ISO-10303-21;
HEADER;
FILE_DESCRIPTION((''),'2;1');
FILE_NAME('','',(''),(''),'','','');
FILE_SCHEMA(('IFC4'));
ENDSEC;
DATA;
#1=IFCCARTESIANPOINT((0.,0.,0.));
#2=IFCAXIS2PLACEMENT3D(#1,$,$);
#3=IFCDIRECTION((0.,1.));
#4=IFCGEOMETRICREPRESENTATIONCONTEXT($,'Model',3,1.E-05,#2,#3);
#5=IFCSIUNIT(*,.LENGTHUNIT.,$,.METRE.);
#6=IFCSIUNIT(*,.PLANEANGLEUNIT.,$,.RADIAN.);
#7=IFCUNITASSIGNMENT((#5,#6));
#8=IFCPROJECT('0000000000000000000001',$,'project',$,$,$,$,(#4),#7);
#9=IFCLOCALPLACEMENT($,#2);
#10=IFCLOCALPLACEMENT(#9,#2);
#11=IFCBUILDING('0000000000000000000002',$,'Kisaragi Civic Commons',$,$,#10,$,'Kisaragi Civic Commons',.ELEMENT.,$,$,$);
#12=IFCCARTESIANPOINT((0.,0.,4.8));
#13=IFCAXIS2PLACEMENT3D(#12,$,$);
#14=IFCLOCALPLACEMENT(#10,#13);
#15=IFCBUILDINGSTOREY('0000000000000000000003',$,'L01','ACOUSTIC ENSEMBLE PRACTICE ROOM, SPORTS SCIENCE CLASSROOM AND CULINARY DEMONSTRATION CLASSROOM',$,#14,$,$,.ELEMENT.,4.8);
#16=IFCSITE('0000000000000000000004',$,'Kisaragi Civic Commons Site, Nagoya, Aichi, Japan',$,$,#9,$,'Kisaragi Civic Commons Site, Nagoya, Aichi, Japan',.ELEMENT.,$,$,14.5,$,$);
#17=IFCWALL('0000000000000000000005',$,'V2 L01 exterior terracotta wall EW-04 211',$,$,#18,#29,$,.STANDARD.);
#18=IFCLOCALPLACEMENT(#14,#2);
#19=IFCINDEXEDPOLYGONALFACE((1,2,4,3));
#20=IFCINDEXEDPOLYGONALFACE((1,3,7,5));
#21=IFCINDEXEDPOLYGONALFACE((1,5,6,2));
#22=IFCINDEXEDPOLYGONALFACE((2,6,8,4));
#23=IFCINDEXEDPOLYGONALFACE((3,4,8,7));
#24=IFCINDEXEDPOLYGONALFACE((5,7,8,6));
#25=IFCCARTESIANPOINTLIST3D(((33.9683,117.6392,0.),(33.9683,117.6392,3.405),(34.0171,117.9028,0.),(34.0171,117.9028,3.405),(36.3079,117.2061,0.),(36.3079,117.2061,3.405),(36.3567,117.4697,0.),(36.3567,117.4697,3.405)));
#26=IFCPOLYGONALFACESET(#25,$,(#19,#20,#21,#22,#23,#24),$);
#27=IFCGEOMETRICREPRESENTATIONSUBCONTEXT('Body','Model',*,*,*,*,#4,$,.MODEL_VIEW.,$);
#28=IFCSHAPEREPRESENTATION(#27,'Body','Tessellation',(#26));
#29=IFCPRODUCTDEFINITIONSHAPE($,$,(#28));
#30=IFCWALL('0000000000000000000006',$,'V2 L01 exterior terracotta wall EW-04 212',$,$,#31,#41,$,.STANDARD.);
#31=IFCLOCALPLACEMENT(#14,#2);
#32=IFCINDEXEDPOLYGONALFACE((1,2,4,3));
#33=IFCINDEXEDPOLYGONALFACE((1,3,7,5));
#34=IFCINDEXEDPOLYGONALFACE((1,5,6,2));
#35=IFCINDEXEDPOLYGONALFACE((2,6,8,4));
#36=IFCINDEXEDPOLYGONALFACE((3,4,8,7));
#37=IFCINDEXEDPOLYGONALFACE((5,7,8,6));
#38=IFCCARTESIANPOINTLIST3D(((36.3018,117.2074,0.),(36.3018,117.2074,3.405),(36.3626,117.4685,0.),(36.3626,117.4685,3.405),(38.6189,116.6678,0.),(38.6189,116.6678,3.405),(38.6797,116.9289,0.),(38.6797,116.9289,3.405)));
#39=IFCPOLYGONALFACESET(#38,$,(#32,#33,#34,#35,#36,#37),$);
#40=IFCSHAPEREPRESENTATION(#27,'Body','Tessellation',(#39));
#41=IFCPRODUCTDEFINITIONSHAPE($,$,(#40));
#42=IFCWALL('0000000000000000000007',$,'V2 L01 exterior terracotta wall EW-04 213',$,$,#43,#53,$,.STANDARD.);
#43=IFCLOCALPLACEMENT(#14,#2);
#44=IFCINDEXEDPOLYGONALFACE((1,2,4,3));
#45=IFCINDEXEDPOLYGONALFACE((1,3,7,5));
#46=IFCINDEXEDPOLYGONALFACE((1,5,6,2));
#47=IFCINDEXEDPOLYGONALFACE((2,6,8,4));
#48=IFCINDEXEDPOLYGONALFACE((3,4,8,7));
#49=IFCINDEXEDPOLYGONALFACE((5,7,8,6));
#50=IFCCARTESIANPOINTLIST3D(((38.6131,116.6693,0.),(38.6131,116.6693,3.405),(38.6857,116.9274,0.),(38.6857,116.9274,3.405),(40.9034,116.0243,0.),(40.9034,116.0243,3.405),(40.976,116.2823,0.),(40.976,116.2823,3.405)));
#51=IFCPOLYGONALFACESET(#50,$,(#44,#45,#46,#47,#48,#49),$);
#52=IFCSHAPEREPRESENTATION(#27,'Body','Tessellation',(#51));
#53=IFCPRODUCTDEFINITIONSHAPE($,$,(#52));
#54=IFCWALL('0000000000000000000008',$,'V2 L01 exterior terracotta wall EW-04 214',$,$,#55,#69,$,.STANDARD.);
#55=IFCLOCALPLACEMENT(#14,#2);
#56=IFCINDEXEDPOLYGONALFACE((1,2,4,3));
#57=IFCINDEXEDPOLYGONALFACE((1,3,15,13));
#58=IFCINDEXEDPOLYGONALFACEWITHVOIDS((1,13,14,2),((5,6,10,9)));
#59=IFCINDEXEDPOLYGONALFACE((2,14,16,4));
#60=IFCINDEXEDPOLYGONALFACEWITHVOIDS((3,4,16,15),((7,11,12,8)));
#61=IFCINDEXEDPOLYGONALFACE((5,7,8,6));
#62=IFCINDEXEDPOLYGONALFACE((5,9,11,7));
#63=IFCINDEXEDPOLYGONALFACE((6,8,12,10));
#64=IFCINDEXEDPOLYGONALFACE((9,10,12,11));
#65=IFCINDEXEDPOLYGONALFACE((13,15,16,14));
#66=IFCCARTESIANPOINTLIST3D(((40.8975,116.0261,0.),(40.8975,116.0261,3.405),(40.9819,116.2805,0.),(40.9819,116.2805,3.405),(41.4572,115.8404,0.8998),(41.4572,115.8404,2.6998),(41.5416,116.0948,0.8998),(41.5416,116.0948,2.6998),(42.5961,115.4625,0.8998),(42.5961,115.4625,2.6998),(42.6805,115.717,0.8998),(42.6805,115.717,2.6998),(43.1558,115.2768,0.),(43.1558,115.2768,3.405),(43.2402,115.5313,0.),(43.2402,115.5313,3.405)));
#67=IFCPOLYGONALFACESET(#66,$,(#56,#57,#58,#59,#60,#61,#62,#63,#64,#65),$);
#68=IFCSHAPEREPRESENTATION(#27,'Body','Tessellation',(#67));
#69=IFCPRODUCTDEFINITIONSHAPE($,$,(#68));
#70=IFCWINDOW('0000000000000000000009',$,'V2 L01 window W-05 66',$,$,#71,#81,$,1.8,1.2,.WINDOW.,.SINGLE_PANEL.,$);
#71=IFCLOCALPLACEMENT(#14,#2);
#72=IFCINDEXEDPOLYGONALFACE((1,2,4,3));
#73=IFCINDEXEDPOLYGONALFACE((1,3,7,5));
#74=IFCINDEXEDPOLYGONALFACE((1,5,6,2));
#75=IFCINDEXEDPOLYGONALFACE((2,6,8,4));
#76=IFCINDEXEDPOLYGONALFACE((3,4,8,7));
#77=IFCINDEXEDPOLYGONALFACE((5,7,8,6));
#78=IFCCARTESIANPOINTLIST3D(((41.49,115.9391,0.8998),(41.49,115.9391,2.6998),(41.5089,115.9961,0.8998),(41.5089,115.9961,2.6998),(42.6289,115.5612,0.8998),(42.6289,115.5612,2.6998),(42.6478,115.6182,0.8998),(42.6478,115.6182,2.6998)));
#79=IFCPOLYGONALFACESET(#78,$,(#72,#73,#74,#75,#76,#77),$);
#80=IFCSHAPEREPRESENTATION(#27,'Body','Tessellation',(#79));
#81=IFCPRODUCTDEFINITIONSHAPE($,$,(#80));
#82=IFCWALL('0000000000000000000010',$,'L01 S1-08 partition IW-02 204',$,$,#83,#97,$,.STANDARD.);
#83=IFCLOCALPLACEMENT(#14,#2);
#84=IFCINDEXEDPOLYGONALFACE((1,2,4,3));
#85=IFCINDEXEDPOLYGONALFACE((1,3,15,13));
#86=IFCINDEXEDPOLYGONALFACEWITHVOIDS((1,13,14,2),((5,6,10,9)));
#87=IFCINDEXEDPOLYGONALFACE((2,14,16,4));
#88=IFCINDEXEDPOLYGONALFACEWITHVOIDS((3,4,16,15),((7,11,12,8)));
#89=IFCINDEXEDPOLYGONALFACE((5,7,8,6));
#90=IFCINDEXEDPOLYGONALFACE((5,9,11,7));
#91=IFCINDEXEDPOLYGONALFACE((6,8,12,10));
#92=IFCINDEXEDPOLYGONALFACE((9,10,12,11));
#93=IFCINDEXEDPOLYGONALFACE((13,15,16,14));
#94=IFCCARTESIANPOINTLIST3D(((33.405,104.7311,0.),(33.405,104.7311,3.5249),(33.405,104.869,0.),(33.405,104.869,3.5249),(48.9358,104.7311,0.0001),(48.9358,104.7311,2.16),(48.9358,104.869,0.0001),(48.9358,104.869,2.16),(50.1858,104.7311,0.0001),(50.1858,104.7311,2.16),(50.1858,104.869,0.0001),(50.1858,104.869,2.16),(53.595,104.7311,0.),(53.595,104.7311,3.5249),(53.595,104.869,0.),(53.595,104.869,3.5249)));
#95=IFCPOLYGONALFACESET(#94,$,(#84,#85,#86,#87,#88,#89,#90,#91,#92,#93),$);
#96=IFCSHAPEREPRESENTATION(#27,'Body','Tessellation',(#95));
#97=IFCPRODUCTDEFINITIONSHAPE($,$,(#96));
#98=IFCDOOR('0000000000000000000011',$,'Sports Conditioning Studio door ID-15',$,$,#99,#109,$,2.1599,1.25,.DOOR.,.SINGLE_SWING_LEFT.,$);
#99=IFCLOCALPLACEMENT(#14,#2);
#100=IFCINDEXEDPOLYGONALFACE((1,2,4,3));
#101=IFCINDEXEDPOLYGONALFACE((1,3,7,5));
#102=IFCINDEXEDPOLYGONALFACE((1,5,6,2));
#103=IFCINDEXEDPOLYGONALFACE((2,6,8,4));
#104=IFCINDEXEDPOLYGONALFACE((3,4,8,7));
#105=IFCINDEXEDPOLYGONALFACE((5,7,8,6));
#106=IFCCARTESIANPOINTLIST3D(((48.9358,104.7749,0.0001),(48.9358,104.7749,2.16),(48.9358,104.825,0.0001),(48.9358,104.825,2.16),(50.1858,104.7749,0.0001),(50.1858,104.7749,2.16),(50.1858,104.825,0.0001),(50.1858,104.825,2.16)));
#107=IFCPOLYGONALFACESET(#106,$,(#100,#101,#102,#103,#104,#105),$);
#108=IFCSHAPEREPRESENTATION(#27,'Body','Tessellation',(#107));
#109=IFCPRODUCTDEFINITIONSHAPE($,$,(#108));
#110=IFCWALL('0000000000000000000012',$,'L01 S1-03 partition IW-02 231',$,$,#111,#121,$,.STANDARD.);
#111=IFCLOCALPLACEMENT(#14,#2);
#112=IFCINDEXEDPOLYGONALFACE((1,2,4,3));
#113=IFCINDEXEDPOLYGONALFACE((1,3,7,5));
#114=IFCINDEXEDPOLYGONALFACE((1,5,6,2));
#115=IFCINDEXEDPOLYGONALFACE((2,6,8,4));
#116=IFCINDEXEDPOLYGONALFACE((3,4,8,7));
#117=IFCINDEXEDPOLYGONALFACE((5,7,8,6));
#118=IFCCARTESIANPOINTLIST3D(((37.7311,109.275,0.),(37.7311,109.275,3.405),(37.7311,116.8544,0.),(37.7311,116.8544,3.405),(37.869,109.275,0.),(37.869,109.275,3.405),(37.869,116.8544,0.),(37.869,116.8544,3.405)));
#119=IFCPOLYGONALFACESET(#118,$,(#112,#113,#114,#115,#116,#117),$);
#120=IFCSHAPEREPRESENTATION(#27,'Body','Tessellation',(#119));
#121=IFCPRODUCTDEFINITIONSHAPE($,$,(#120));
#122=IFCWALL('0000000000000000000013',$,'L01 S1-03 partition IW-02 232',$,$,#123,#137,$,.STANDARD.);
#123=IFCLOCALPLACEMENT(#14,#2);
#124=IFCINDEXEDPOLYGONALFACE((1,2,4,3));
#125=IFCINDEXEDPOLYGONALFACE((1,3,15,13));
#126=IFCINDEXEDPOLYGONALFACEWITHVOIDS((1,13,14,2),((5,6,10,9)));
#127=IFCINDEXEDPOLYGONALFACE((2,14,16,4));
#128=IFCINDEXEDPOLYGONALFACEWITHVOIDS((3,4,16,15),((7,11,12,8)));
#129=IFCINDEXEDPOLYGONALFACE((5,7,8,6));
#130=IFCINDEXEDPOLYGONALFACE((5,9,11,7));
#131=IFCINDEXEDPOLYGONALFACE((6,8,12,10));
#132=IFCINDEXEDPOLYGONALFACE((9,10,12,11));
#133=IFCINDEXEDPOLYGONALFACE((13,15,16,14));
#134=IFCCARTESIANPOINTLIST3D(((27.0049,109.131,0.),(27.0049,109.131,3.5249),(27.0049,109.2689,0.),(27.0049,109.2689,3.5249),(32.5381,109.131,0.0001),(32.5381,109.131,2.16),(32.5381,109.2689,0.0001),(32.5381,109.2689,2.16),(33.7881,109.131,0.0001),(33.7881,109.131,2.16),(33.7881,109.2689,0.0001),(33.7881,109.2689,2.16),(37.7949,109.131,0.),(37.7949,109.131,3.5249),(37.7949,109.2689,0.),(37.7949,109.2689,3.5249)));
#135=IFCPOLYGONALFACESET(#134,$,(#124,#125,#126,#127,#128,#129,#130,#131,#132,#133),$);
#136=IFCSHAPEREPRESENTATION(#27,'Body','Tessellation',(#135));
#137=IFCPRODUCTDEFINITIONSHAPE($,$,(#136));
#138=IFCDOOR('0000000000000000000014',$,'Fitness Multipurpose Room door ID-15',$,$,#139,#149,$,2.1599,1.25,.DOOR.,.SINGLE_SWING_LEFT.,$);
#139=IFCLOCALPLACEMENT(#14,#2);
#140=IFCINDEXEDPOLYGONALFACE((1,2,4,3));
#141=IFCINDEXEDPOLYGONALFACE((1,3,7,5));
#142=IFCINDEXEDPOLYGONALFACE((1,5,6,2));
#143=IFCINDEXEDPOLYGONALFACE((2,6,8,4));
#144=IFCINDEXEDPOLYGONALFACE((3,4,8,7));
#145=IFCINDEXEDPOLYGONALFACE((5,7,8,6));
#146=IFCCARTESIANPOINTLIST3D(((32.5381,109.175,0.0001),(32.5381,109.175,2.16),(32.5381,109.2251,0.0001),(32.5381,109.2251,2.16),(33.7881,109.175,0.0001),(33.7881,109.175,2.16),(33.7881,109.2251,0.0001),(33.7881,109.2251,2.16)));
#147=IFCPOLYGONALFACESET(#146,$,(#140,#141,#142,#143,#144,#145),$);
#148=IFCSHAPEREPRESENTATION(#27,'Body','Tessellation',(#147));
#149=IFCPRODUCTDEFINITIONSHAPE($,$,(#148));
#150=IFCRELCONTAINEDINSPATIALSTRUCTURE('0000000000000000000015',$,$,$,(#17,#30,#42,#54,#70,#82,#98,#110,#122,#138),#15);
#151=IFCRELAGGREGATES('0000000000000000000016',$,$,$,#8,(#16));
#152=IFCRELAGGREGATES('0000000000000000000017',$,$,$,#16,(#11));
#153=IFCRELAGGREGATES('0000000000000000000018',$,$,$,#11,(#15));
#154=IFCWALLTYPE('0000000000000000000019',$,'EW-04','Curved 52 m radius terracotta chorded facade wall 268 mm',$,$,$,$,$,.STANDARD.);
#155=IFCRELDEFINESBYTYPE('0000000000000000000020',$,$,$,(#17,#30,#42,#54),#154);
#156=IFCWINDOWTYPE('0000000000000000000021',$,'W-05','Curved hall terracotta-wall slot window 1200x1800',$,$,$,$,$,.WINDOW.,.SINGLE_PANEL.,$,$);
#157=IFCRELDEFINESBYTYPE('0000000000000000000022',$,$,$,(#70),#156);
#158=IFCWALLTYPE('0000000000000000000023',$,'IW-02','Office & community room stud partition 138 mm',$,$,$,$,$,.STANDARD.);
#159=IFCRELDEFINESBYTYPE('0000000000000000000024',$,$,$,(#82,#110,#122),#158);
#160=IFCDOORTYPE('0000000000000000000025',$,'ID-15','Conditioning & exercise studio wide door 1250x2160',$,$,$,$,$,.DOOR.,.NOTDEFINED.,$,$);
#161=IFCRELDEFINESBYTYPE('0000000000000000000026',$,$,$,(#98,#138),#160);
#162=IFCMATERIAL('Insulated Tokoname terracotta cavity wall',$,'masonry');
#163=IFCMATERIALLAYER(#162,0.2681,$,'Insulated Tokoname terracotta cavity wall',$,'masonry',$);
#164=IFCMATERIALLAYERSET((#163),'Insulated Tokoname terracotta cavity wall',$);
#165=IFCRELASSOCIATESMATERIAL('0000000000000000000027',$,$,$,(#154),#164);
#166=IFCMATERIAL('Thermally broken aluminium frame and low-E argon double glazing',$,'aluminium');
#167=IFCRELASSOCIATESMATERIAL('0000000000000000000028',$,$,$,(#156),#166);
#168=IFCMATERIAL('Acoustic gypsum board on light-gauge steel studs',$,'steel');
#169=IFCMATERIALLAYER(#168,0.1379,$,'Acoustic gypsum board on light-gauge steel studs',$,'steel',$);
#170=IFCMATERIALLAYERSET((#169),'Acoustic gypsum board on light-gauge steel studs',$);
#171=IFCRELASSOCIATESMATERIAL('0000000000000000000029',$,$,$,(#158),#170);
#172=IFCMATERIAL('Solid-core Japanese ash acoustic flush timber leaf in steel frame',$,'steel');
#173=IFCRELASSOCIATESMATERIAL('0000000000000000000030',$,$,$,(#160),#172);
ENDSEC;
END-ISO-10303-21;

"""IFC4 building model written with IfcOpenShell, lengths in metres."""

from ifc_helpers import new_model, si_unit, direction, frame, frame_2d, origin, place, context, subcontext, project, spatial, rectangle, extrude, material, layer, layer_set, type_object, element, fill, save


model = new_model("IFC4")

# Units and contexts
model_context = context("Model", 3, precision=1e-05, world=origin(), true_north=direction((0.0, 1.0)))
body_context = subcontext(model_context, "Body", "Model", "MODEL_VIEW")
ifc_project = project(units=[si_unit("LENGTHUNIT", "METRE"), si_unit("PLANEANGLEUNIT", "RADIAN")], contexts=[model_context])

# Site, building, storey
site_placement = place(None, origin())
site = spatial("IfcSite", under=ifc_project, at=site_placement, Name="Kisaragi Civic Commons Site, Nagoya, Aichi, Japan", LongName="Kisaragi Civic Commons Site, Nagoya, Aichi, Japan", CompositionType="ELEMENT", RefElevation=14.5)
building_placement = place(site_placement, origin())
building = spatial("IfcBuilding", under=site, at=building_placement, Name="Kisaragi Civic Commons", LongName="Kisaragi Civic Commons", CompositionType="ELEMENT")
storey_placement = place(building_placement, frame((0.0, 0.0, 4.8)))
storey = spatial("IfcBuildingStorey", under=building, at=storey_placement, Name="L01", Description="ACOUSTIC ENSEMBLE PRACTICE ROOM, SPORTS SCIENCE CLASSROOM AND CULINARY DEMONSTRATION CLASSROOM", CompositionType="ELEMENT", Elevation=4.8)

# Walls
ifc_material_1 = material(Name="Insulated Tokoname terracotta cavity wall", Category="masonry")
ifc_layer_1 = layer(ifc_material_1, 0.2681, Name="Insulated Tokoname terracotta cavity wall", Category="masonry")
ifc_layer_set_1 = layer_set([ifc_layer_1], Name="Insulated Tokoname terracotta cavity wall")
wall_type_1 = type_object("IfcWallType", Name="EW-04", Description="Curved 52 m radius terracotta chorded facade wall 268 mm", PredefinedType="STANDARD", material=ifc_layer_set_1)
for number, where, z_axis, x_axis, name in (
    (1, (33.9927, 117.771, 0.0), (0.0, 0.0, 1.0), (0.983294, -0.182027, 0.0), "V2 L01 exterior terracotta wall EW-04 211"),
):
    element("IfcWall", number, at=place(storey_placement, frame(where, z_axis=z_axis, x_axis=x_axis)), inside=storey, type_object=wall_type_1, Name=name, PredefinedType="STANDARD", context=body_context, shape_type="SweptSolid", body=[
        extrude(rectangle(XDim=2.3794, YDim=0.2681, at=frame_2d((1.1897, 0.0))), origin(), (0.0, 0.0, 1.0), 3.405),
    ])
wall_1_placement = place(storey_placement, frame((36.3323, 117.3379, 0.0), z_axis=(0.0, 0.0, 1.0), x_axis=(0.973945, -0.226785, 0.0)))
element("IfcWall", 2, at=wall_1_placement, inside=storey, type_object=wall_type_1, Name="V2 L01 exterior terracotta wall EW-04 212", PredefinedType="STANDARD", context=body_context, shape_type="SweptSolid", body=[
    extrude(rectangle(XDim=2.3792, YDim=0.2681, at=frame_2d((1.1895, 0.0))), origin(), (0.0, 0.0, 1.0), 3.405),
])
wall_2_placement = place(storey_placement, frame((38.6494, 116.7983, 0.0), z_axis=(0.0, 0.0, 1.0), x_axis=(0.962555, -0.271087, 0.0)))
element("IfcWall", 3, at=wall_2_placement, inside=storey, type_object=wall_type_1, Name="V2 L01 exterior terracotta wall EW-04 213", PredefinedType="STANDARD", context=body_context, shape_type="SweptSolid", body=[
    extrude(rectangle(XDim=2.3794, YDim=0.2681, at=frame_2d((1.1897, 0.0))), origin(), (0.0, 0.0, 1.0), 3.405),
])

# Wall, opening, window
wall_3_placement = place(storey_placement, frame((40.9397, 116.1533, 0.0), z_axis=(0.0, 0.0, 1.0), x_axis=(0.949124, -0.314904, 0.0)))
wall_3 = element("IfcWall", 4, at=wall_3_placement, inside=storey, type_object=wall_type_1, Name="V2 L01 exterior terracotta wall EW-04 214", PredefinedType="STANDARD", context=body_context, shape_type="SweptSolid", body=[
    extrude(rectangle(XDim=2.3794, YDim=0.2681, at=frame_2d((1.1897, 0.0))), origin(), (0.0, 0.0, 1.0), 3.405),
])
opening_1_placement = place(wall_3_placement, frame((0.5896, 0.0, 0.8999)))
opening_1 = element("IfcOpeningElement", 5, at=opening_1_placement, cuts=wall_3, PredefinedType="OPENING", context=body_context, shape_type="SweptSolid", body=[
    extrude(rectangle(XDim=1.2, YDim=1.8, at=frame_2d((0.6001, 0.8999))), frame((0.0, 0.144, 0.0), z_axis=(0.0, -1.0, 0.0), x_axis=(1.0, 0.0, 0.0)), (0.0, 0.0, 1.0), 0.2881),
])
ifc_material_2 = material(Name="Thermally broken aluminium frame and low-E argon double glazing", Category="aluminium")
window_type = type_object("IfcWindowType", Name="W-05", Description="Curved hall terracotta-wall slot window 1200x1800", PartitioningType="SINGLE_PANEL", PredefinedType="WINDOW", material=ifc_material_2)
window_placement = place(opening_1_placement, origin())
window = element("IfcWindow", 6, at=window_placement, inside=storey, type_object=window_type, Name="V2 L01 window W-05 66", OverallHeight=1.8, OverallWidth=1.2, PartitioningType="SINGLE_PANEL", PredefinedType="WINDOW", context=body_context, shape_type="SweptSolid", body=[
    extrude(rectangle(XDim=1.2, YDim=1.8, at=frame_2d((0.6001, 0.8999))), frame((0.0, 0.03, 0.0), z_axis=(0.0, -1.0, 0.0), x_axis=(1.0, 0.0, 0.0)), (0.0, 0.0, 1.0), 0.0601),
])
fill(opening_1, window)

# Wall, opening, door
ifc_material_3 = material(Name="Acoustic gypsum board on light-gauge steel studs", Category="steel")
ifc_layer_2 = layer(ifc_material_3, 0.1379, Name="Acoustic gypsum board on light-gauge steel studs", Category="steel")
ifc_layer_set_2 = layer_set([ifc_layer_2], Name="Acoustic gypsum board on light-gauge steel studs")
wall_type_2 = type_object("IfcWallType", Name="IW-02", Description="Office & community room stud partition 138 mm", PredefinedType="STANDARD", material=ifc_layer_set_2)
wall_4_placement = place(storey_placement, frame((33.405, 104.8, 0.0), z_axis=(0.0, 0.0, 1.0), x_axis=(1.0, 0.0, 0.0)))
wall_4 = element("IfcWall", 7, at=wall_4_placement, inside=storey, type_object=wall_type_2, Name="L01 S1-08 partition IW-02 204", PredefinedType="STANDARD", context=body_context, shape_type="SweptSolid", body=[
    extrude(rectangle(XDim=20.1899, YDim=0.1379, at=frame_2d((10.095, 0.0))), origin(), (0.0, 0.0, 1.0), 3.5249),
])
opening_2_placement = place(wall_4_placement, frame((15.5308, 0.0, 0.0)))
opening_2 = element("IfcOpeningElement", 8, at=opening_2_placement, cuts=wall_4, PredefinedType="OPENING", context=body_context, shape_type="SweptSolid", body=[
    extrude(rectangle(XDim=1.25, YDim=2.1599, at=frame_2d((0.625, 1.0801))), frame((0.0, 0.0789, 0.0), z_axis=(0.0, -1.0, 0.0), x_axis=(1.0, 0.0, 0.0)), (0.0, 0.0, 1.0), 0.158),
])
ifc_material_4 = material(Name="Solid-core Japanese ash acoustic flush timber leaf in steel frame", Category="steel")
door_type_1 = type_object("IfcDoorType", Name="ID-15", Description="Conditioning & exercise studio wide door 1250x2160", OperationType="NOTDEFINED", PredefinedType="DOOR", material=ifc_material_4)
door_1_placement = place(opening_2_placement, origin())
door_1 = element("IfcDoor", 9, at=door_1_placement, inside=storey, type_object=door_type_1, Name="Sports Conditioning Studio door ID-15", OperationType="SINGLE_SWING_LEFT", OverallHeight=2.1599, OverallWidth=1.25, PredefinedType="DOOR", context=body_context, shape_type="SweptSolid", body=[
    extrude(rectangle(XDim=1.25, YDim=2.1599, at=frame_2d((0.625, 1.0801))), frame((0.0, 0.0249, 0.0), z_axis=(0.0, -1.0, 0.0), x_axis=(1.0, 0.0, 0.0)), (0.0, 0.0, 1.0), 0.05),
])
fill(opening_2, door_1)

# Wall
wall_5_placement = place(storey_placement, frame((37.8, 116.8542, 0.0), z_axis=(0.0, 0.0, 1.0), x_axis=(0.0, -1.0, 0.0)))
element("IfcWall", 10, at=wall_5_placement, inside=storey, type_object=wall_type_2, Name="L01 S1-03 partition IW-02 231", PredefinedType="STANDARD", context=body_context, shape_type="SweptSolid", body=[
    extrude(rectangle(XDim=7.5793, YDim=0.1379, at=frame_2d((3.7896, 0.0))), origin(), (0.0, 0.0, 1.0), 3.405),
])

# Wall, opening, door
wall_6_placement = place(storey_placement, frame((37.7949, 109.2, 0.0), z_axis=(0.0, 0.0, 1.0), x_axis=(-1.0, 0.0, 0.0)))
wall_6 = element("IfcWall", 11, at=wall_6_placement, inside=storey, type_object=wall_type_2, Name="L01 S1-03 partition IW-02 232", PredefinedType="STANDARD", context=body_context, shape_type="SweptSolid", body=[
    extrude(rectangle(XDim=10.79, YDim=0.1379, at=frame_2d((5.395, 0.0))), origin(), (0.0, 0.0, 1.0), 3.5249),
])
opening_3_placement = place(wall_6_placement, frame((4.0068, 0.0, 0.0)))
opening_3 = element("IfcOpeningElement", 12, at=opening_3_placement, cuts=wall_6, PredefinedType="OPENING", context=body_context, shape_type="SweptSolid", body=[
    extrude(rectangle(XDim=1.25, YDim=2.1599, at=frame_2d((0.625, 1.0801))), frame((0.0, 0.0789, 0.0), z_axis=(0.0, -1.0, 0.0), x_axis=(1.0, 0.0, 0.0)), (0.0, 0.0, 1.0), 0.158),
])
door_2_placement = place(opening_3_placement, origin())
door_2 = element("IfcDoor", 13, at=door_2_placement, inside=storey, type_object=door_type_1, Name="Fitness Multipurpose Room door ID-15", OperationType="SINGLE_SWING_LEFT", OverallHeight=2.1599, OverallWidth=1.25, PredefinedType="DOOR", context=body_context, shape_type="SweptSolid", body=[
    extrude(rectangle(XDim=1.25, YDim=2.1599, at=frame_2d((0.625, 1.0801))), frame((0.0, 0.0249, 0.0), z_axis=(0.0, -1.0, 0.0), x_axis=(1.0, 0.0, 0.0)), (0.0, 0.0, 1.0), 0.05),
])
fill(opening_3, door_2)

save(model, "model.ifc")
